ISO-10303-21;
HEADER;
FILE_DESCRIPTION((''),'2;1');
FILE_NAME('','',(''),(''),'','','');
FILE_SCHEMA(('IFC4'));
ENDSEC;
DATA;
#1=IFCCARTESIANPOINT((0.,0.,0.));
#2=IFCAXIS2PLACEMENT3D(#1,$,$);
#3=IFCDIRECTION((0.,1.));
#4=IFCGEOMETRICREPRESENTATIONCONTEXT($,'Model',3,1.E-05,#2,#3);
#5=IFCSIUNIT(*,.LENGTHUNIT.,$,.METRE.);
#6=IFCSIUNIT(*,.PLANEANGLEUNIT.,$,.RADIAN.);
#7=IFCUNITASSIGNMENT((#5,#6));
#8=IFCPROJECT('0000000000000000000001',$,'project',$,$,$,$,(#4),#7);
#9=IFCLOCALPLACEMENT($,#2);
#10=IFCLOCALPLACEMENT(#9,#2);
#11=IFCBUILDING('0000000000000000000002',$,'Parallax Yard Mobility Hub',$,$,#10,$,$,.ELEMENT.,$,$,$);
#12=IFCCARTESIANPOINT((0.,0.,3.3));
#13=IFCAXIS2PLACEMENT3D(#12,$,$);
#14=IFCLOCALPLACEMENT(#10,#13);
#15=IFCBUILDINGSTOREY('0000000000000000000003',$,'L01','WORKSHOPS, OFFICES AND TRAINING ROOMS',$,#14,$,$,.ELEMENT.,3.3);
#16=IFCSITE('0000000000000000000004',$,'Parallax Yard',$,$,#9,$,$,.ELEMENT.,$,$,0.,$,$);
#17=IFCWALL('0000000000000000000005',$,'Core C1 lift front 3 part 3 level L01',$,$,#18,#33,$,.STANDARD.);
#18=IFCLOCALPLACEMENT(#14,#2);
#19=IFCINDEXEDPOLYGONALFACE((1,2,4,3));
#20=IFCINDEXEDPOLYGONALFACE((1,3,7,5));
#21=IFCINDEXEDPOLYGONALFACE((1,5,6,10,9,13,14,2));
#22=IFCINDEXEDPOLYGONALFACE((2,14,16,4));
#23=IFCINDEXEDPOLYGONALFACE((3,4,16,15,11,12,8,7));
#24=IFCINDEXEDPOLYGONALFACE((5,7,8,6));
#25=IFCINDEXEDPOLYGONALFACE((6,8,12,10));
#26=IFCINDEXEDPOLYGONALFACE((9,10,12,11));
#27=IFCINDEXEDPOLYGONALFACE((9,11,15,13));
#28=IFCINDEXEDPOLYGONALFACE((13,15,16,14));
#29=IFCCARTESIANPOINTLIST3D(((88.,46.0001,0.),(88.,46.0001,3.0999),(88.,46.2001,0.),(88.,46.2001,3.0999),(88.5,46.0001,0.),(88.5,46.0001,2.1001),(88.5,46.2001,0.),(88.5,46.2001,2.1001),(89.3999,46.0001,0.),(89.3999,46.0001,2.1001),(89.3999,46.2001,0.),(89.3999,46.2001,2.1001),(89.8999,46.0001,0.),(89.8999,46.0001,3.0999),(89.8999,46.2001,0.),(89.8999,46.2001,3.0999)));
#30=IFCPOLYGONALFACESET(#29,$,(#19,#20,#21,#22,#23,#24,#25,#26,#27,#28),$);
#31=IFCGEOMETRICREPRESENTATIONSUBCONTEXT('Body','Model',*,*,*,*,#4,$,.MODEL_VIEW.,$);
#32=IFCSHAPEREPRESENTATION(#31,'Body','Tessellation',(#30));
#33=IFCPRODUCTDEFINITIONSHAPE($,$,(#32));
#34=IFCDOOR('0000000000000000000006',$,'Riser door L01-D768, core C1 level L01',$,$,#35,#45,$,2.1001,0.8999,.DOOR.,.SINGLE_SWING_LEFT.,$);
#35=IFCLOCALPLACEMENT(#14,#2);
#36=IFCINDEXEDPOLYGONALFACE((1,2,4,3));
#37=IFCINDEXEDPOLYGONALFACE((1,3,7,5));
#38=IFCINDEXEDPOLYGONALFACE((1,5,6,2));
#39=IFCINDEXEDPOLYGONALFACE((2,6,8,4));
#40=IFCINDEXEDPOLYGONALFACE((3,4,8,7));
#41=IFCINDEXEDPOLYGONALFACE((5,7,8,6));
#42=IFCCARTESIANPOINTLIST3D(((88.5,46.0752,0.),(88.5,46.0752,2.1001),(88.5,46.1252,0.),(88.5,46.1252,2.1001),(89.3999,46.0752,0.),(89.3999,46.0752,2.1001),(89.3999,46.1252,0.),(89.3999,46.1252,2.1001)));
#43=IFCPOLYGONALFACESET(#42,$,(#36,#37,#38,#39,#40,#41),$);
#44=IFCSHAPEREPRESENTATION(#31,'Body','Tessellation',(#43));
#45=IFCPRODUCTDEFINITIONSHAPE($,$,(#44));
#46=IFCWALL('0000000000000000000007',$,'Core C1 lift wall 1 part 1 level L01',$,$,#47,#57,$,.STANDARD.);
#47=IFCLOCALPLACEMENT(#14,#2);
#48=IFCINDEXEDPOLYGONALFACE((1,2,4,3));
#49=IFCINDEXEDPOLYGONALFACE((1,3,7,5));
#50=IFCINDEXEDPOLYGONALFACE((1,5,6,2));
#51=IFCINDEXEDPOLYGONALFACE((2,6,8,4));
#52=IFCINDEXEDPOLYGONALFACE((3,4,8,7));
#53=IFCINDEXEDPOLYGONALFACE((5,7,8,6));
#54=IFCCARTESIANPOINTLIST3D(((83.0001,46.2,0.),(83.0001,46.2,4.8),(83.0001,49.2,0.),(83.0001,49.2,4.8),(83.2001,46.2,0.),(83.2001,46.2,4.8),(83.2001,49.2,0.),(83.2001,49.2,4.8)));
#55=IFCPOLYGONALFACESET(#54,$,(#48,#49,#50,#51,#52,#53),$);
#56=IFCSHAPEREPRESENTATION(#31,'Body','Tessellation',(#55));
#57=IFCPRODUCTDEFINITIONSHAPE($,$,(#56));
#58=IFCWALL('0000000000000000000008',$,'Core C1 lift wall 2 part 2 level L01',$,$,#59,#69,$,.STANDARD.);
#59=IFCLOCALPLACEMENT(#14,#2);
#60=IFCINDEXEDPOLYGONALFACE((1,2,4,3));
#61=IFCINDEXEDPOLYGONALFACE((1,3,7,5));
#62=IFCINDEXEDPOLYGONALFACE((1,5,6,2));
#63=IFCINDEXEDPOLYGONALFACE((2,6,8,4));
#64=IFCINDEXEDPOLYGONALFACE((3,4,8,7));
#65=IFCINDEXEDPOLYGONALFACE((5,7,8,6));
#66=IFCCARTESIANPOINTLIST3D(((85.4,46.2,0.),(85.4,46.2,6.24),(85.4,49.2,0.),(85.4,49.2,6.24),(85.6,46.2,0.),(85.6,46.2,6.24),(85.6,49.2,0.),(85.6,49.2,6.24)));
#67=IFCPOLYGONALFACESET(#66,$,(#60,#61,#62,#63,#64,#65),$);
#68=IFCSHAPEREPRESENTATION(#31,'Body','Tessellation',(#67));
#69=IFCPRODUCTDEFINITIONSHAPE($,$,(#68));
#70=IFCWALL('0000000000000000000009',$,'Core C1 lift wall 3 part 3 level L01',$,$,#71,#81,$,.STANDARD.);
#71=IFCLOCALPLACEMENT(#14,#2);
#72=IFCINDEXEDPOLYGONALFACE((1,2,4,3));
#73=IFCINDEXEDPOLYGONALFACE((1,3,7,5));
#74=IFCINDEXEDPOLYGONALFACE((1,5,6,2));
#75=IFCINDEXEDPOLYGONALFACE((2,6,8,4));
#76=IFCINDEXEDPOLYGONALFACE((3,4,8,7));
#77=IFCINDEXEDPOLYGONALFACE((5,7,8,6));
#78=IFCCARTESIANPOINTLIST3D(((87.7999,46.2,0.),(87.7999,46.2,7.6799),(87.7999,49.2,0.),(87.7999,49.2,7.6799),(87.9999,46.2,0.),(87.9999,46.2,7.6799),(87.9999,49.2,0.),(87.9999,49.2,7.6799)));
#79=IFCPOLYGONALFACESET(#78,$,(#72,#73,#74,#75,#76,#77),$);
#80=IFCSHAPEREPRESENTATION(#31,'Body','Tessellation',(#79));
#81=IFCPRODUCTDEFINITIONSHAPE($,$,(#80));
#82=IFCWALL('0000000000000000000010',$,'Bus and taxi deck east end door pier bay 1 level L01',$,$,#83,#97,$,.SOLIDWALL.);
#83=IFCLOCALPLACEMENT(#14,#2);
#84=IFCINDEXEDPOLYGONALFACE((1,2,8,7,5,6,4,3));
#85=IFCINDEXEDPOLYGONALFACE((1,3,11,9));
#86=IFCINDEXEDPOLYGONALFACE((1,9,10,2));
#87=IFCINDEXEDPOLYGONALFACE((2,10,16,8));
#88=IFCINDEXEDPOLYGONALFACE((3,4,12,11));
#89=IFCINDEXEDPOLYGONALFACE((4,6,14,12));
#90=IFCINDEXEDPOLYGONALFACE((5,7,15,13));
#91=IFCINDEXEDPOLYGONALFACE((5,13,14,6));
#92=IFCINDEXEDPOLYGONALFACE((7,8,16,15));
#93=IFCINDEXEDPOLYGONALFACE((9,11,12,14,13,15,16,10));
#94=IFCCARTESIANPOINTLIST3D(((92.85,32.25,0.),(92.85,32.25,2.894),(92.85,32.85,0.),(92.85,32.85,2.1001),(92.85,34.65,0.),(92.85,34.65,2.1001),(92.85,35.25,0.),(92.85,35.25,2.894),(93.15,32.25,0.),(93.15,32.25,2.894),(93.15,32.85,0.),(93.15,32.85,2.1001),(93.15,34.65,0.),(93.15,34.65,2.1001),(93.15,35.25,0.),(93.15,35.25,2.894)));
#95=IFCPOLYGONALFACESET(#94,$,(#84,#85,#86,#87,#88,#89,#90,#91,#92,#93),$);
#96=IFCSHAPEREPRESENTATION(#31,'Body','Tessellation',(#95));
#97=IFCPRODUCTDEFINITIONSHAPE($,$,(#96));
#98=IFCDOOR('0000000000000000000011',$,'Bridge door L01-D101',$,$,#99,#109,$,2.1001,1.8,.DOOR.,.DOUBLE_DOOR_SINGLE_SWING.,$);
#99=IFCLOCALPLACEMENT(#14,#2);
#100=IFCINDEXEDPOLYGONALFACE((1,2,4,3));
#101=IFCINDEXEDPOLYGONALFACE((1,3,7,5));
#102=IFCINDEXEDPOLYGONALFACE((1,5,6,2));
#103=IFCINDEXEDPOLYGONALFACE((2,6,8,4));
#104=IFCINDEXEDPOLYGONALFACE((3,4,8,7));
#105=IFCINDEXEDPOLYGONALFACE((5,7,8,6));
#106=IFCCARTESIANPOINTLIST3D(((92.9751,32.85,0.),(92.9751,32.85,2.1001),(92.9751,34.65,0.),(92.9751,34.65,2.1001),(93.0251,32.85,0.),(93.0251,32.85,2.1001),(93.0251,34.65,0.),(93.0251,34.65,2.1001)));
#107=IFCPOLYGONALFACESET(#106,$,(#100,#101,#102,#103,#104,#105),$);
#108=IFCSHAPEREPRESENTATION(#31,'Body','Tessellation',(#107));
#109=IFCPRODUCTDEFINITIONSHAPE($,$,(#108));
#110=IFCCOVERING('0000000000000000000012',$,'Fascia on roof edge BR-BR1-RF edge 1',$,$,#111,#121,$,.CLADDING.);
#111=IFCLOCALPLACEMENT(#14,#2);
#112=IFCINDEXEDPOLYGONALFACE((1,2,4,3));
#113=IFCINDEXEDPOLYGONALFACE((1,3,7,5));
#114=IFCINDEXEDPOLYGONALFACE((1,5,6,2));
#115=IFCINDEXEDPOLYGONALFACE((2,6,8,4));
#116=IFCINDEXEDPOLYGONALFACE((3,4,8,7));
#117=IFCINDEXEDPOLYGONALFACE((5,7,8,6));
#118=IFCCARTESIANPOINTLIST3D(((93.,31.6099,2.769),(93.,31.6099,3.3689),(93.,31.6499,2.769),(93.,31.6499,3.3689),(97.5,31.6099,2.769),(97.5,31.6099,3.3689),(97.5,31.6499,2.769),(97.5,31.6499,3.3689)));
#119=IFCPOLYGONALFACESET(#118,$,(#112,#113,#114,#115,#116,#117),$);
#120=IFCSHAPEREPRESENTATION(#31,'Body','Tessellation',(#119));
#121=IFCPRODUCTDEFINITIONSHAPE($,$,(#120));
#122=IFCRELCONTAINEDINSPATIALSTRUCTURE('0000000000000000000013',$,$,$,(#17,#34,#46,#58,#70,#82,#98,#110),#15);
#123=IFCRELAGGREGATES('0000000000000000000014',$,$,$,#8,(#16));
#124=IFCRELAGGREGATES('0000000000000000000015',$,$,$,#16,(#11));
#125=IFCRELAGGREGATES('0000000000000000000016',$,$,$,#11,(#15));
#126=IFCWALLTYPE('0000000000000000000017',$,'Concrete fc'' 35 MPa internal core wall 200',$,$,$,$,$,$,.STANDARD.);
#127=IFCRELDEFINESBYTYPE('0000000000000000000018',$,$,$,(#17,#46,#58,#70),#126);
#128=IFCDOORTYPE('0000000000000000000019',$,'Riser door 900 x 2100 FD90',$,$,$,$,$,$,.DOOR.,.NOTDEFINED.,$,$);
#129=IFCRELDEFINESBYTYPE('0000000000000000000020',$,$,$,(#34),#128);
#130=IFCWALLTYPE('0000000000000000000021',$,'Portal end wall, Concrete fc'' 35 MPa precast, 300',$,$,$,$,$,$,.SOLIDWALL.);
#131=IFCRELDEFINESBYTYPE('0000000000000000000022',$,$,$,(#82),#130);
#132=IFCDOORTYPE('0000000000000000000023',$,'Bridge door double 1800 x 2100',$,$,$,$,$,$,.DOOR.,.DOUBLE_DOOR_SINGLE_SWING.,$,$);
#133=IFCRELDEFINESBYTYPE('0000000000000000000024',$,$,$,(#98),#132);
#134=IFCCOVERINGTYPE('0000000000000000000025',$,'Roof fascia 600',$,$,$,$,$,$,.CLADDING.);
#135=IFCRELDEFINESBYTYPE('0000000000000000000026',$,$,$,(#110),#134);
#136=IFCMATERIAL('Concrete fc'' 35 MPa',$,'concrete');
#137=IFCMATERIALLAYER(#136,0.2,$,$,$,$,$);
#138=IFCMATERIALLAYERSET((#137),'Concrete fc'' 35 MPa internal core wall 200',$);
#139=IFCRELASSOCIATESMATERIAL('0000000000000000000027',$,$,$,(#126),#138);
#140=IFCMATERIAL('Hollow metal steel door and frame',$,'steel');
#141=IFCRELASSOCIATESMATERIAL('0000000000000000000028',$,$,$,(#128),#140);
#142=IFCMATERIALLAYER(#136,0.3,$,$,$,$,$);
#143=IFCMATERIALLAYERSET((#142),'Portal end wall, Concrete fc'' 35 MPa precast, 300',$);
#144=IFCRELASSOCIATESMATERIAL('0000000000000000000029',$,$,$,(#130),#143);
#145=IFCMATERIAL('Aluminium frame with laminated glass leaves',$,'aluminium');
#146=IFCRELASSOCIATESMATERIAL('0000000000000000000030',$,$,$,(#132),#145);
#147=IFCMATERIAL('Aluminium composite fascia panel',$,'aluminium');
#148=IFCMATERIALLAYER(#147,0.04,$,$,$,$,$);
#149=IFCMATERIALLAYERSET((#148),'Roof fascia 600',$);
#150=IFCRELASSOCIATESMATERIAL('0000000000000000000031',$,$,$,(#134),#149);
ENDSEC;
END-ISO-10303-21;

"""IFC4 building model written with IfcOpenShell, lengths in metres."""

from ifc_helpers import new_model, si_unit, direction, frame, frame_2d, origin, place, context, subcontext, project, spatial, polyline, rectangle, outline, extrude, material, layer, layer_set, type_object, element, fill, save


model = new_model("IFC4")

# Units and contexts
model_context = context("Model", 3, precision=1e-05, world=origin(), true_north=direction((0.0, 1.0)))
body_context = subcontext(model_context, "Body", "Model", "MODEL_VIEW")
ifc_project = project(units=[si_unit("LENGTHUNIT", "METRE"), si_unit("PLANEANGLEUNIT", "RADIAN")], contexts=[model_context])

# Site, building, storey
site_placement = place(None, origin())
site = spatial("IfcSite", under=ifc_project, at=site_placement, Name="Parallax Yard", CompositionType="ELEMENT", RefElevation=0.0)
building_placement = place(site_placement, origin())
building = spatial("IfcBuilding", under=site, at=building_placement, Name="Parallax Yard Mobility Hub", CompositionType="ELEMENT")
storey_placement = place(building_placement, frame((0.0, 0.0, 3.3)))
storey = spatial("IfcBuildingStorey", under=building, at=storey_placement, Name="L01", Description="WORKSHOPS, OFFICES AND TRAINING ROOMS", CompositionType="ELEMENT", Elevation=3.3)

# Shared definitions
ifc_material_1 = material(Name="Concrete fc' 35 MPa", Category="concrete")
ifc_layer_1 = layer(ifc_material_1, 0.2)
ifc_layer_set_1 = layer_set([ifc_layer_1], Name="Concrete fc' 35 MPa internal core wall 200")
wall_type_1 = type_object("IfcWallType", Name="Concrete fc' 35 MPa internal core wall 200", PredefinedType="STANDARD", material=ifc_layer_set_1)
ifc_material_2 = material(Name="Hollow metal steel door and frame", Category="steel")
door_type_1 = type_object("IfcDoorType", Name="Riser door 900 x 2100 FD90", OperationType="NOTDEFINED", PredefinedType="DOOR", material=ifc_material_2)

# Wall, opening, door
wall_1_placement = place(storey_placement, frame((89.8999, 46.1001, 0.0), z_axis=(0.0, 0.0, 1.0), x_axis=(-1.0, 0.0, 0.0)))
wall_1 = element("IfcWall", 1, at=wall_1_placement, inside=storey, type_object=wall_type_1, Name="Core C1 lift front 3 part 3 level L01", PredefinedType="STANDARD", context=body_context, shape_type="SweptSolid", body=[
    extrude(rectangle(XDim=1.8999, YDim=0.2, at=frame_2d((0.95, 0.0))), origin(), (0.0, 0.0, 1.0), 3.0999),
])
opening_1_placement = place(wall_1_placement, frame((0.5, 0.0, 0.0)))
opening_1 = element("IfcOpeningElement", 2, at=opening_1_placement, cuts=wall_1, PredefinedType="OPENING", context=body_context, shape_type="SweptSolid", body=[
    extrude(rectangle(XDim=0.8999, YDim=2.1001, at=frame_2d((0.45, 1.05))), frame((0.0, 0.1099, 0.0), z_axis=(0.0, -1.0, 0.0), x_axis=(1.0, 0.0, 0.0)), (0.0, 0.0, 1.0), 0.22),
])
door_1_placement = place(opening_1_placement, origin())
door_1 = element("IfcDoor", 3, at=door_1_placement, inside=storey, type_object=door_type_1, Name="Riser door L01-D768, core C1 level L01", OperationType="SINGLE_SWING_LEFT", OverallHeight=2.1001, OverallWidth=0.8999, PredefinedType="DOOR", context=body_context, shape_type="SweptSolid", body=[
    extrude(rectangle(XDim=0.8999, YDim=2.1001, at=frame_2d((0.45, 1.05))), frame((0.0, 0.0249, 0.0), z_axis=(0.0, -1.0, 0.0), x_axis=(1.0, 0.0, 0.0)), (0.0, 0.0, 1.0), 0.05),
])
fill(opening_1, door_1)

# Walls
wall_2_placement = place(storey_placement, frame((83.1001, 46.2, 0.0), z_axis=(0.0, 0.0, 1.0), x_axis=(0.0, 1.0, 0.0)))
element("IfcWall", 4, at=wall_2_placement, inside=storey, type_object=wall_type_1, Name="Core C1 lift wall 1 part 1 level L01", PredefinedType="STANDARD", context=body_context, shape_type="SweptSolid", body=[
    extrude(rectangle(XDim=3.0, YDim=0.2, at=frame_2d((1.5, 0.0))), origin(), (0.0, 0.0, 1.0), 4.8),
])
wall_3_placement = place(storey_placement, frame((85.5, 46.2, 0.0), z_axis=(0.0, 0.0, 1.0), x_axis=(0.0, 1.0, 0.0)))
element("IfcWall", 5, at=wall_3_placement, inside=storey, type_object=wall_type_1, Name="Core C1 lift wall 2 part 2 level L01", PredefinedType="STANDARD", context=body_context, shape_type="SweptSolid", body=[
    extrude(rectangle(XDim=3.0, YDim=0.2, at=frame_2d((1.5, 0.0))), origin(), (0.0, 0.0, 1.0), 6.24),
])
wall_4_placement = place(storey_placement, frame((87.8999, 46.2, 0.0), z_axis=(0.0, 0.0, 1.0), x_axis=(0.0, 1.0, 0.0)))
element("IfcWall", 6, at=wall_4_placement, inside=storey, type_object=wall_type_1, Name="Core C1 lift wall 3 part 3 level L01", PredefinedType="STANDARD", context=body_context, shape_type="SweptSolid", body=[
    extrude(rectangle(XDim=3.0, YDim=0.2, at=frame_2d((1.5, 0.0))), origin(), (0.0, 0.0, 1.0), 7.6799),
])

# Wall, opening, door
ifc_layer_2 = layer(ifc_material_1, 0.3)
ifc_layer_set_2 = layer_set([ifc_layer_2], Name="Portal end wall, Concrete fc' 35 MPa precast, 300")
wall_type_2 = type_object("IfcWallType", Name="Portal end wall, Concrete fc' 35 MPa precast, 300", PredefinedType="SOLIDWALL", material=ifc_layer_set_2)
wall_5_placement = place(storey_placement, frame((93.0, 32.25, 0.0), z_axis=(0.0, 0.0, 1.0), x_axis=(0.0, 1.0, 0.0)))
wall_5 = element("IfcWall", 7, at=wall_5_placement, inside=storey, type_object=wall_type_2, Name="Bus and taxi deck east end door pier bay 1 level L01", PredefinedType="SOLIDWALL", context=body_context, shape_type="SweptSolid", body=[
    extrude(rectangle(XDim=3.0, YDim=0.3, at=frame_2d((1.5, 0.0))), origin(), (0.0, 0.0, 1.0), 2.894),
])
opening_2_placement = place(wall_5_placement, frame((0.6001, 0.0, 0.0)))
opening_2 = element("IfcOpeningElement", 8, at=opening_2_placement, cuts=wall_5, PredefinedType="OPENING", context=body_context, shape_type="SweptSolid", body=[
    extrude(rectangle(XDim=1.8, YDim=2.1001, at=frame_2d((0.8999, 1.05))), frame((0.0, 0.1602, 0.0), z_axis=(0.0, -1.0, 0.0), x_axis=(1.0, 0.0, 0.0)), (0.0, 0.0, 1.0), 0.3201),
])
ifc_material_3 = material(Name="Aluminium frame with laminated glass leaves", Category="aluminium")
door_type_2 = type_object("IfcDoorType", Name="Bridge door double 1800 x 2100", OperationType="DOUBLE_DOOR_SINGLE_SWING", PredefinedType="DOOR", material=ifc_material_3)
door_2_placement = place(opening_2_placement, origin())
door_2 = element("IfcDoor", 9, at=door_2_placement, inside=storey, type_object=door_type_2, Name="Bridge door L01-D101", OperationType="DOUBLE_DOOR_SINGLE_SWING", OverallHeight=2.1001, OverallWidth=1.8, PredefinedType="DOOR", context=body_context, shape_type="SweptSolid", body=[
    extrude(rectangle(XDim=1.8, YDim=2.1001, at=frame_2d((0.8999, 1.05))), frame((0.0, 0.0249, 0.0), z_axis=(0.0, -1.0, 0.0), x_axis=(1.0, 0.0, 0.0)), (0.0, 0.0, 1.0), 0.05),
])
fill(opening_2, door_2)

# Covering
ifc_material_4 = material(Name="Aluminium composite fascia panel", Category="aluminium")
ifc_layer_3 = layer(ifc_material_4, 0.04)
ifc_layer_set_3 = layer_set([ifc_layer_3], Name="Roof fascia 600")
covering_type = type_object("IfcCoveringType", Name="Roof fascia 600", PredefinedType="CLADDING", material=ifc_layer_set_3)
covering_placement = place(storey_placement, frame((93.0, 31.6499, 3.3689), z_axis=(0.0, 1.0, 0.0), x_axis=(1.0, 0.0, 0.0)))
element("IfcCovering", 10, at=covering_placement, inside=storey, type_object=covering_type, Name="Fascia on roof edge BR-BR1-RF edge 1", PredefinedType="CLADDING", context=body_context, shape_type="SweptSolid", body=[
    extrude(outline(polyline([(0.0, 0.0), (4.5, 0.0), (4.5, 0.5999), (0.0, 0.5999), (0.0, 0.0)])), origin(), (0.0, 0.0, -1.0), 0.04),
])

save(model, "model.ifc")
